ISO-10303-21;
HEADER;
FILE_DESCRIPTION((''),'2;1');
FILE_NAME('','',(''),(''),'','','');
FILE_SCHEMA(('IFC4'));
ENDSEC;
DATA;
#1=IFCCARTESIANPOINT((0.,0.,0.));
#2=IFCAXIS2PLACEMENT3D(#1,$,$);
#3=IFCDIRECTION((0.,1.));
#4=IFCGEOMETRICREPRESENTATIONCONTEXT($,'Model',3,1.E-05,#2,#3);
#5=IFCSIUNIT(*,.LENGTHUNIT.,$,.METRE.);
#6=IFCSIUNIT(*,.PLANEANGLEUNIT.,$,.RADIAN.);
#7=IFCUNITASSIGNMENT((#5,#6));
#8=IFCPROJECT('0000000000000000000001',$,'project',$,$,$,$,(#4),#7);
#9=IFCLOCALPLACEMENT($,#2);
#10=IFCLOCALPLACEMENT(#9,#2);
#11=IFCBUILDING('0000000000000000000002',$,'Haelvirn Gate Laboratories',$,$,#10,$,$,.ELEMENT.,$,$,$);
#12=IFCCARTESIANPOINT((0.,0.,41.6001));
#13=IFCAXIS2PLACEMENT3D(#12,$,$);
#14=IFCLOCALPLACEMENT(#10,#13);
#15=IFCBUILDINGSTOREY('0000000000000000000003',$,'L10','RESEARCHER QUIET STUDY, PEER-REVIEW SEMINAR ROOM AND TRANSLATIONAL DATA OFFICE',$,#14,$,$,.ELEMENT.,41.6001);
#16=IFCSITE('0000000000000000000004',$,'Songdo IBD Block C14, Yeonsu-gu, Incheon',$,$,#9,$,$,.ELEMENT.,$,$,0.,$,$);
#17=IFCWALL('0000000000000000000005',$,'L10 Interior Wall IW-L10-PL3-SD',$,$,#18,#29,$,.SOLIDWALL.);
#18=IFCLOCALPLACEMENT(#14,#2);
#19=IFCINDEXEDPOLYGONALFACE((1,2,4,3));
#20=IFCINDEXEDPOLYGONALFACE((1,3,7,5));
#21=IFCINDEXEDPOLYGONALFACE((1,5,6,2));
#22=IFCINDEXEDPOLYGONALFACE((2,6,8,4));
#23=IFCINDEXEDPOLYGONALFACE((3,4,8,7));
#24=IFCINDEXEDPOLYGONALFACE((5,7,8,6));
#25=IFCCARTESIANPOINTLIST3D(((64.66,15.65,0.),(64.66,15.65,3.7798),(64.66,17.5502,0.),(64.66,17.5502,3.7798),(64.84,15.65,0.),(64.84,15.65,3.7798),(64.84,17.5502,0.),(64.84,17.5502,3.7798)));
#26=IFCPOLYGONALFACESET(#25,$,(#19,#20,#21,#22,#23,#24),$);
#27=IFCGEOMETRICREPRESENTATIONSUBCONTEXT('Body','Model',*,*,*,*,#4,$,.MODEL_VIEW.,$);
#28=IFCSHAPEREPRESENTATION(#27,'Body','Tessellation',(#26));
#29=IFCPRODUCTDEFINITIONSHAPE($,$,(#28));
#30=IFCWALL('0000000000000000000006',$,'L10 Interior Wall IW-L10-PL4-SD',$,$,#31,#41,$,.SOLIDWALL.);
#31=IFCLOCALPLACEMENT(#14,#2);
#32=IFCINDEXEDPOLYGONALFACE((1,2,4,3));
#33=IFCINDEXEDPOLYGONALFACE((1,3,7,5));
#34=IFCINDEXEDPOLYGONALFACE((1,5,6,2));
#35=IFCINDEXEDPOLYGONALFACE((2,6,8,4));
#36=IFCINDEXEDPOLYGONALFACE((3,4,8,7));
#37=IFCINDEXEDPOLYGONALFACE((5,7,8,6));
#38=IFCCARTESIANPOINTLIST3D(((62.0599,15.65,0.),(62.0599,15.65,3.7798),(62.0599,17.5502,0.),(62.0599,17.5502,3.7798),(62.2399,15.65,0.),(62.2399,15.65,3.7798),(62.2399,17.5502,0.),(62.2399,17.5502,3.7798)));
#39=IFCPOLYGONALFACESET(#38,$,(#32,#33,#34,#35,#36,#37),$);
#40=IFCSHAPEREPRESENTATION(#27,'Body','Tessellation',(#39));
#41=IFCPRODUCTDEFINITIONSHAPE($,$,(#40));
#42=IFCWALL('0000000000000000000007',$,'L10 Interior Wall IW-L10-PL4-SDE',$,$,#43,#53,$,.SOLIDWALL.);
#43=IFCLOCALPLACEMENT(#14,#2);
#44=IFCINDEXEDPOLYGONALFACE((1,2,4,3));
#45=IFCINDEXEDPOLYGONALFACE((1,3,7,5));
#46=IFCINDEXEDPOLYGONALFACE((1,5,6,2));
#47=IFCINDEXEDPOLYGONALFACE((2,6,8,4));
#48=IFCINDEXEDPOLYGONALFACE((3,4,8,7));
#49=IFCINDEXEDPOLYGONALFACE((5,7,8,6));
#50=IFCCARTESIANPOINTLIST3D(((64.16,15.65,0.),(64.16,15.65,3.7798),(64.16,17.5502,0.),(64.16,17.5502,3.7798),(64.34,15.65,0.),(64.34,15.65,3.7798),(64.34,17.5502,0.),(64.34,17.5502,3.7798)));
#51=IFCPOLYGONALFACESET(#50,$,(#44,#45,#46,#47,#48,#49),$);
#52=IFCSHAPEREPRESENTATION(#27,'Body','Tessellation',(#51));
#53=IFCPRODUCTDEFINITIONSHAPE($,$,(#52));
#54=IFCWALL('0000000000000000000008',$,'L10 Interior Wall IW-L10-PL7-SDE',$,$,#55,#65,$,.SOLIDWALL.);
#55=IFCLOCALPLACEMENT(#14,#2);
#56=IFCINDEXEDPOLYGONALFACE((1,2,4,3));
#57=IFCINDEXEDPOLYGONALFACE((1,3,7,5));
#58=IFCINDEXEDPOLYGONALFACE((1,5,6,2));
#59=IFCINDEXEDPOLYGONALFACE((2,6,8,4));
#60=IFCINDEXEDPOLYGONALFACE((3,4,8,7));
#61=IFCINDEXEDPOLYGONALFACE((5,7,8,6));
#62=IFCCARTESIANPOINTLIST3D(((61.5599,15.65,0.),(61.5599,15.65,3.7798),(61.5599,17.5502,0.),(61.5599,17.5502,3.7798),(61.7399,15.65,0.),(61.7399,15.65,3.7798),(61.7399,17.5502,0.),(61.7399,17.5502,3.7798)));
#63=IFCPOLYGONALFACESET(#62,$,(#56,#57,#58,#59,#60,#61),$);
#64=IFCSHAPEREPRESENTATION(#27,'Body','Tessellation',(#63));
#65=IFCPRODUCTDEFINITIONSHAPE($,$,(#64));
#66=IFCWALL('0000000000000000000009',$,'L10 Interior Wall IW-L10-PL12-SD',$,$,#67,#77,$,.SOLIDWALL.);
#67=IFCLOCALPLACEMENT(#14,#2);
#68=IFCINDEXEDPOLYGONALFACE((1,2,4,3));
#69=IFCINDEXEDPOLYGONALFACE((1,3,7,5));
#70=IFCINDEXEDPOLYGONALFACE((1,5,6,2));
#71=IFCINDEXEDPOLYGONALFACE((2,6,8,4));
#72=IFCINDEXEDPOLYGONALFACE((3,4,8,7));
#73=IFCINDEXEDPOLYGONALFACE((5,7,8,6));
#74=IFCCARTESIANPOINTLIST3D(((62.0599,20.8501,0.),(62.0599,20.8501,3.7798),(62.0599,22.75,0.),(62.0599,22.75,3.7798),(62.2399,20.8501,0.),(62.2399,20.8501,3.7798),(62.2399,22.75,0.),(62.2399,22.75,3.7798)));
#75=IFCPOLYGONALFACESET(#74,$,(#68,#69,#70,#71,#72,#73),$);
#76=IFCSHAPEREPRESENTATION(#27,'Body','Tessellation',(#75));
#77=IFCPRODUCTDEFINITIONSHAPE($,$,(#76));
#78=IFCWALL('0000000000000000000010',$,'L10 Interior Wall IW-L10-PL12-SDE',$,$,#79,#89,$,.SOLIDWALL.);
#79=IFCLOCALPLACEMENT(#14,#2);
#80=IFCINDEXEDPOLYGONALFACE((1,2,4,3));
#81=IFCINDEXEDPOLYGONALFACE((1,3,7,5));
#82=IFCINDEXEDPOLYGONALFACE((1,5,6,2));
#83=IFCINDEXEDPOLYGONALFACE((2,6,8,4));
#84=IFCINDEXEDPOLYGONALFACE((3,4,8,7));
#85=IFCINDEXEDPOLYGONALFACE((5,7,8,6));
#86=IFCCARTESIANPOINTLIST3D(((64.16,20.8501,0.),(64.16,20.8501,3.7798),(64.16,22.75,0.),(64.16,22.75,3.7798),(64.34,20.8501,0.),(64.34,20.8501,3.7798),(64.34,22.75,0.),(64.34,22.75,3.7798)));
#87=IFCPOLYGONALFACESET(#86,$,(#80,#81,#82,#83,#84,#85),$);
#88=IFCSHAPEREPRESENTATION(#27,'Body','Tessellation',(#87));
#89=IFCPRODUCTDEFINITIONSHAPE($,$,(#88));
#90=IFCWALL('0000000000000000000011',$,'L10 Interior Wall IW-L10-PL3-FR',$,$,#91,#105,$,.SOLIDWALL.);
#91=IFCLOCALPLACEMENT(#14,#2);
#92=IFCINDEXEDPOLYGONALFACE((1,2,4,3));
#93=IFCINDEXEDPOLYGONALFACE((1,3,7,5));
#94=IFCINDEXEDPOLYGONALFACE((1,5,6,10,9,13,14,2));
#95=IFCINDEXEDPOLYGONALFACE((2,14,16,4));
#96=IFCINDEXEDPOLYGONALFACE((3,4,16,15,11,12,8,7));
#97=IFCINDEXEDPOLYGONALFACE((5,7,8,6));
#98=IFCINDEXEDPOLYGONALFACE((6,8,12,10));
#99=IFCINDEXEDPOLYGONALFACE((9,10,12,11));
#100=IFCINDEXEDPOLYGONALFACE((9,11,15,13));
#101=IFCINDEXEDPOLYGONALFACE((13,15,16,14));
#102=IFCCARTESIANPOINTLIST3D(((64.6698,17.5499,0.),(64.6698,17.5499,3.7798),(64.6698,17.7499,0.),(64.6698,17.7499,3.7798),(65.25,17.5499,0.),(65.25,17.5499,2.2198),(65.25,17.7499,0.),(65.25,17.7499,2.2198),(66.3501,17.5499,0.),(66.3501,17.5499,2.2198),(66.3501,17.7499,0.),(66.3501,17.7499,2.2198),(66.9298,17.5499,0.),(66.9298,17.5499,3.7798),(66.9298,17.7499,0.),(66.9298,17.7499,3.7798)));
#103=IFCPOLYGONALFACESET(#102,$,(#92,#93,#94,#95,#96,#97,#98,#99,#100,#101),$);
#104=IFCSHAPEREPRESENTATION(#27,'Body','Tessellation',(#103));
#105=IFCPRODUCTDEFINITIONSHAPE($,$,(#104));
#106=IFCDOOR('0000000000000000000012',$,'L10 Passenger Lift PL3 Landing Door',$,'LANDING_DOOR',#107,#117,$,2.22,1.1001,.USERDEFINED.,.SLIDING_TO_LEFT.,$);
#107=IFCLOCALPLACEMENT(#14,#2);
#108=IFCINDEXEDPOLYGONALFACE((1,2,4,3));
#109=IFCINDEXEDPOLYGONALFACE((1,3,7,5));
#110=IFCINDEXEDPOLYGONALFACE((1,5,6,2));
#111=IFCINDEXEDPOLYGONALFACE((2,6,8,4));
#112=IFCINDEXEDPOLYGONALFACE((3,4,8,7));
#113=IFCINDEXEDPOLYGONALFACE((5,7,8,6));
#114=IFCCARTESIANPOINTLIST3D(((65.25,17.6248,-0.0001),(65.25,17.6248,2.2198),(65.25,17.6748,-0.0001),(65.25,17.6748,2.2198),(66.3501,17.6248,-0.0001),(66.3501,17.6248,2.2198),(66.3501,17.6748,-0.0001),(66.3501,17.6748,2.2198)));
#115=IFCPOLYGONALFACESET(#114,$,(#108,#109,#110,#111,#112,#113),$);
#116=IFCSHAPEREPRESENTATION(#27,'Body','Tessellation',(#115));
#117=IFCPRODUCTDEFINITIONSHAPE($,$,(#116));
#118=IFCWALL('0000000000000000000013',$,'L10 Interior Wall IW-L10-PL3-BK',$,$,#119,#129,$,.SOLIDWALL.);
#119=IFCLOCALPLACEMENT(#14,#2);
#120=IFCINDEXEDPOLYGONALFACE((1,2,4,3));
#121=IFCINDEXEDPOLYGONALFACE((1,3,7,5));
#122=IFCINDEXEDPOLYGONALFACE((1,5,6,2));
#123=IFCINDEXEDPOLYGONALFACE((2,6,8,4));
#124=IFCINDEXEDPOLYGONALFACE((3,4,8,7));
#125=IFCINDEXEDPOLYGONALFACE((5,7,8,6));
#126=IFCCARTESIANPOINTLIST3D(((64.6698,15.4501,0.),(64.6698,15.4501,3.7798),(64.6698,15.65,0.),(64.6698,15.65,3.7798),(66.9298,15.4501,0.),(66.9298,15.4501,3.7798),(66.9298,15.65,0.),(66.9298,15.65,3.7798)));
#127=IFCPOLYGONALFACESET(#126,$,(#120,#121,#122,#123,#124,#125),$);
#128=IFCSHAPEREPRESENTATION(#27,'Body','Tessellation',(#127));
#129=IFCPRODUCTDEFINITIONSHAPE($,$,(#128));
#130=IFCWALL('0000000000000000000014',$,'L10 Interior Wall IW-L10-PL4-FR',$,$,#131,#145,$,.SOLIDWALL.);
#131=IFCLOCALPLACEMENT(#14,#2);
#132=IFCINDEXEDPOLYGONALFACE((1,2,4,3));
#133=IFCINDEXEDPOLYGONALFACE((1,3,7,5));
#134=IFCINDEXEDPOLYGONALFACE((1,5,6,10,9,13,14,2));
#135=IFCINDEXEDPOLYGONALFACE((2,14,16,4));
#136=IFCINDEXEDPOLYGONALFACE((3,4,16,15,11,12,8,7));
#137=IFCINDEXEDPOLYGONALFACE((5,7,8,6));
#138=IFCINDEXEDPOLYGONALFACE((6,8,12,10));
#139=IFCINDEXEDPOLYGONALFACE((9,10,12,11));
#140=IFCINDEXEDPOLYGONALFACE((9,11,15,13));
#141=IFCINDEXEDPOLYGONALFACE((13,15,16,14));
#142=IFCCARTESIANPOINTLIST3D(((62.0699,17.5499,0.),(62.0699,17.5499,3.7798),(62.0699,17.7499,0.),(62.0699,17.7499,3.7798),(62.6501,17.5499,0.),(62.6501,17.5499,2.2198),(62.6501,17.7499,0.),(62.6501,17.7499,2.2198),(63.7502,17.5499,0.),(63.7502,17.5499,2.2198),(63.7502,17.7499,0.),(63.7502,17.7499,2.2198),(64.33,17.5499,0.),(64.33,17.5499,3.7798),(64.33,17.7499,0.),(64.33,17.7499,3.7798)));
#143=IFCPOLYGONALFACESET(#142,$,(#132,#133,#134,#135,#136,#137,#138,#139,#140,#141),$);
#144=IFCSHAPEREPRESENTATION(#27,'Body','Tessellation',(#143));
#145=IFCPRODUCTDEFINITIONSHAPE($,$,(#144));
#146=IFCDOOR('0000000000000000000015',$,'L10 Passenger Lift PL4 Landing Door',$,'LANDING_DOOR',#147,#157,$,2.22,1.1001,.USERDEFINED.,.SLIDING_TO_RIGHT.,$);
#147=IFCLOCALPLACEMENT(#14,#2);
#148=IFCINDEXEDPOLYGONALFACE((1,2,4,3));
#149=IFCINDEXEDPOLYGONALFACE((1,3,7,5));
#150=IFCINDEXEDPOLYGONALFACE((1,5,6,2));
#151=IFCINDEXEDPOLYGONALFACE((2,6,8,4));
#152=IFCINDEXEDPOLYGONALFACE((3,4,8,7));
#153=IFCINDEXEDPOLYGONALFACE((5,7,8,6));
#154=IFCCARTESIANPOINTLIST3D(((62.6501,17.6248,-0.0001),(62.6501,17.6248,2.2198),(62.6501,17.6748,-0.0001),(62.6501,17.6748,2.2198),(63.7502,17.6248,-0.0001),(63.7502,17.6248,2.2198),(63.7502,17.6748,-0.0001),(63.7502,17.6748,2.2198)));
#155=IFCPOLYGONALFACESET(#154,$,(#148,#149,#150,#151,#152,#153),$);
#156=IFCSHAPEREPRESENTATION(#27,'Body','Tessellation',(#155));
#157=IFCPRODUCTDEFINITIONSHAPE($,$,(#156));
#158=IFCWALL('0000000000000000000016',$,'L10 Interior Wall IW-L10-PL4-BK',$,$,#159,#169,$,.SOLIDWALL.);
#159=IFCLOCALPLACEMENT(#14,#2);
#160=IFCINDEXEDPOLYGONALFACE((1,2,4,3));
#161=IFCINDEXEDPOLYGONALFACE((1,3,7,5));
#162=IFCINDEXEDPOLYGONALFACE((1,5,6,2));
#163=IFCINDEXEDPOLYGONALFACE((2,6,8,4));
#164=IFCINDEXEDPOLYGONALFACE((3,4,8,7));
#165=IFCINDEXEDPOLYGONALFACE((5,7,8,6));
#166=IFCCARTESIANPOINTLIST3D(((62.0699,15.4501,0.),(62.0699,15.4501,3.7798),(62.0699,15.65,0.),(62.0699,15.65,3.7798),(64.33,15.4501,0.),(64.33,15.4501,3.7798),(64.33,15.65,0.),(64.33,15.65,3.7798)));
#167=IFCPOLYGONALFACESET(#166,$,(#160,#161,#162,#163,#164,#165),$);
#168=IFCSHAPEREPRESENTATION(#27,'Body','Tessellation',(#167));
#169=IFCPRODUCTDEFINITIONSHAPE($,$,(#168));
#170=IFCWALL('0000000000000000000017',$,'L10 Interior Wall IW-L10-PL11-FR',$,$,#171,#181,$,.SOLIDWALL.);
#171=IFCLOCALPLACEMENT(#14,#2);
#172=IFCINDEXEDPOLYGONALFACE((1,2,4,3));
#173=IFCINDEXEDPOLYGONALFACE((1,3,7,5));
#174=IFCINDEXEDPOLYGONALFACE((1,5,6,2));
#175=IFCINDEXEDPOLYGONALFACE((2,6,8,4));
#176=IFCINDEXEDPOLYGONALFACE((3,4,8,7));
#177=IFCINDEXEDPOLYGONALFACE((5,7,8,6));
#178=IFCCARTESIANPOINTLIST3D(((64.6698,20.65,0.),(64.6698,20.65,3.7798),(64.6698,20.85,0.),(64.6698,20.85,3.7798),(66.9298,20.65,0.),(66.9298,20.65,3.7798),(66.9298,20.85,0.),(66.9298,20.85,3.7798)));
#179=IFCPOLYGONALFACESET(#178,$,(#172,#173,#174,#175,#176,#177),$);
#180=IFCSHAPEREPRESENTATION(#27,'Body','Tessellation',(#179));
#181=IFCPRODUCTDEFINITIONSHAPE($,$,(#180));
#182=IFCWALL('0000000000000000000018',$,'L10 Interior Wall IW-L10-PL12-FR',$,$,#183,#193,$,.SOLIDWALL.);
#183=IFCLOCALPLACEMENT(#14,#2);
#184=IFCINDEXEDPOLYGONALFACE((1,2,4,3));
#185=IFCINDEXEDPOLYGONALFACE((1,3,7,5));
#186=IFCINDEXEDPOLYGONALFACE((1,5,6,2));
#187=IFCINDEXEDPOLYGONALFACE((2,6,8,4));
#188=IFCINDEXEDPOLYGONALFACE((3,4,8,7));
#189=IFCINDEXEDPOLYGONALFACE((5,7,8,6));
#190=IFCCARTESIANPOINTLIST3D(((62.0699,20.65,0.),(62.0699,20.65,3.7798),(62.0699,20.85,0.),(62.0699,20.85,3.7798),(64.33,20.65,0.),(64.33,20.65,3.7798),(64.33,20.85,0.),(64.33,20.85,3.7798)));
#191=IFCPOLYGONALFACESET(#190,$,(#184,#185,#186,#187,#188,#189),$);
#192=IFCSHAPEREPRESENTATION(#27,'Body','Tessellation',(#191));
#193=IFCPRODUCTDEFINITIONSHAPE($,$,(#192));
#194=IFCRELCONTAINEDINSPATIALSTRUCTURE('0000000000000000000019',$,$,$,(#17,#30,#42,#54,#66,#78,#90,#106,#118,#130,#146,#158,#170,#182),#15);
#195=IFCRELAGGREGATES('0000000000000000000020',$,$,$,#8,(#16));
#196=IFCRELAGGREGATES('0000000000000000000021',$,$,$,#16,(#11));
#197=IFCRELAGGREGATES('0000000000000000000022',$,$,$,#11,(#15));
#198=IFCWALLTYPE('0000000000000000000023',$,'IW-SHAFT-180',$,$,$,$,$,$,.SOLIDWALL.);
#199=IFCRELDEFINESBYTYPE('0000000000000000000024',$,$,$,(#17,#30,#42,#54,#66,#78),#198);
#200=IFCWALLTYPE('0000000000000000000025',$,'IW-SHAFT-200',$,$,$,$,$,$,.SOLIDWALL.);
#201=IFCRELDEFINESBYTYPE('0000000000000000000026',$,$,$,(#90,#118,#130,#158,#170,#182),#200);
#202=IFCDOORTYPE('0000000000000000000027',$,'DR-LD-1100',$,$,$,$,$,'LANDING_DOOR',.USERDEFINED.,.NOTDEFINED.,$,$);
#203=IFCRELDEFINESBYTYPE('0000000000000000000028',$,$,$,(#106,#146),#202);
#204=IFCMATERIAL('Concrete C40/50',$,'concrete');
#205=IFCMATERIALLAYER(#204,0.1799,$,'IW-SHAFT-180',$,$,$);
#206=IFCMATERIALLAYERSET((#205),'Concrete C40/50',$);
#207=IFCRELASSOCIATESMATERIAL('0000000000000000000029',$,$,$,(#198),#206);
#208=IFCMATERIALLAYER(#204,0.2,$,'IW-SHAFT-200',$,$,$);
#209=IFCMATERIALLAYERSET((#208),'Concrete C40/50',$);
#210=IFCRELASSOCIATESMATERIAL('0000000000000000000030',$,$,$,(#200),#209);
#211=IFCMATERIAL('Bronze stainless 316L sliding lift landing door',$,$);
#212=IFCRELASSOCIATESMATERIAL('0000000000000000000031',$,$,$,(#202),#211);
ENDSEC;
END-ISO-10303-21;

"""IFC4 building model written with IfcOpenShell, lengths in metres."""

from ifc_helpers import new_model, si_unit, direction, frame, frame_2d, origin, place, context, subcontext, project, spatial, rectangle, extrude, source, transform, mapped, material, layer, layer_set, type_object, type_shapes, element, fill, save


model = new_model("IFC4")

# Units and contexts
model_context = context("Model", 3, precision=1e-05, world=origin(), true_north=direction((0.0, 1.0)))
body_context = subcontext(model_context, "Body", "Model", "MODEL_VIEW")
ifc_project = project(units=[si_unit("LENGTHUNIT", "METRE"), si_unit("PLANEANGLEUNIT", "RADIAN")], contexts=[model_context])

# Site, building, storey
site_placement = place(None, origin())
site = spatial("IfcSite", under=ifc_project, at=site_placement, Name="Songdo IBD Block C14, Yeonsu-gu, Incheon", CompositionType="ELEMENT", RefElevation=0.0)
building_placement = place(site_placement, origin())
building = spatial("IfcBuilding", under=site, at=building_placement, Name="Haelvirn Gate Laboratories", CompositionType="ELEMENT")
storey_placement = place(building_placement, frame((0.0, 0.0, 41.6001)))
storey = spatial("IfcBuildingStorey", under=building, at=storey_placement, Name="L10", Description="RESEARCHER QUIET STUDY, PEER-REVIEW SEMINAR ROOM AND TRANSLATIONAL DATA OFFICE", CompositionType="ELEMENT", Elevation=41.6001)

# Walls
ifc_material_1 = material(Name="Concrete C40/50", Category="concrete")
ifc_layer_1 = layer(ifc_material_1, 0.1799, Name="IW-SHAFT-180")
ifc_layer_set_1 = layer_set([ifc_layer_1], Name="Concrete C40/50")
wall_type_1 = type_object("IfcWallType", Name="IW-SHAFT-180", PredefinedType="SOLIDWALL", material=ifc_layer_set_1)
for number, where, z_axis, x_axis, name in (
    (1, (64.75, 15.6499, 0.0), (0.0, 0.0, 1.0), (0.0, 1.0, 0.0), "L10 Interior Wall IW-L10-PL3-SD"),
    (2, (62.1499, 15.6499, 0.0), (0.0, 0.0, 1.0), (0.0, 1.0, 0.0), "L10 Interior Wall IW-L10-PL4-SD"),
    (3, (64.25, 15.6499, 0.0), (0.0, 0.0, 1.0), (0.0, 1.0, 0.0), "L10 Interior Wall IW-L10-PL4-SDE"),
    (4, (61.6499, 15.6499, 0.0), (0.0, 0.0, 1.0), (0.0, 1.0, 0.0), "L10 Interior Wall IW-L10-PL7-SDE"),
):
    element("IfcWall", number, at=place(storey_placement, frame(where, z_axis=z_axis, x_axis=x_axis)), inside=storey, type_object=wall_type_1, Name=name, PredefinedType="SOLIDWALL", context=body_context, shape_type="SweptSolid", body=[
        extrude(rectangle(XDim=1.9001, YDim=0.1799, at=frame_2d((0.9502, 0.0))), origin(), (0.0, 0.0, 1.0), 3.7798),
    ])
for number, where, z_axis, x_axis, name in (
    (5, (62.1499, 20.8501, 0.0), (0.0, 0.0, 1.0), (0.0, 1.0, 0.0), "L10 Interior Wall IW-L10-PL12-SD"),
    (6, (64.25, 20.8501, 0.0), (0.0, 0.0, 1.0), (0.0, 1.0, 0.0), "L10 Interior Wall IW-L10-PL12-SDE"),
):
    element("IfcWall", number, at=place(storey_placement, frame(where, z_axis=z_axis, x_axis=x_axis)), inside=storey, type_object=wall_type_1, Name=name, PredefinedType="SOLIDWALL", context=body_context, shape_type="SweptSolid", body=[
        extrude(rectangle(XDim=1.8999, YDim=0.1799, at=frame_2d((0.95, 0.0))), origin(), (0.0, 0.0, 1.0), 3.7798),
    ])

# Wall, opening, door
ifc_layer_2 = layer(ifc_material_1, 0.2, Name="IW-SHAFT-200")
ifc_layer_set_2 = layer_set([ifc_layer_2], Name="Concrete C40/50")
wall_type_2 = type_object("IfcWallType", Name="IW-SHAFT-200", PredefinedType="SOLIDWALL", material=ifc_layer_set_2)
wall_1_placement = place(storey_placement, frame((64.6699, 17.6499, 0.0), z_axis=(0.0, 0.0, 1.0), x_axis=(1.0, 0.0, 0.0)))
wall_1 = element("IfcWall", 7, at=wall_1_placement, inside=storey, type_object=wall_type_2, Name="L10 Interior Wall IW-L10-PL3-FR", PredefinedType="SOLIDWALL", context=body_context, shape_type="SweptSolid", body=[
    extrude(rectangle(XDim=2.26, YDim=0.2, at=frame_2d((1.1299, 0.0))), origin(), (0.0, 0.0, 1.0), 3.7798),
])
opening_1_placement = place(wall_1_placement, frame((0.5801, 0.0, 0.0)))
opening_1 = element("IfcOpeningElement", 8, at=opening_1_placement, cuts=wall_1, PredefinedType="OPENING", context=body_context, shape_type="SweptSolid", body=[
    extrude(rectangle(XDim=1.1001, YDim=2.22, at=frame_2d((0.55, 1.1099))), frame((0.0, 0.1099, 0.0), z_axis=(0.0, -1.0, 0.0), x_axis=(1.0, 0.0, 0.0)), (0.0, 0.0, 1.0), 0.22),
])
ifc_material_2 = material(Name="Bronze stainless 316L sliding lift landing door")
door_type_1 = type_object("IfcDoorType", Name="DR-LD-1100", ElementType="LANDING_DOOR", OperationType="NOTDEFINED", PredefinedType="USERDEFINED", material=ifc_material_2)
shared_shape_1 = source(origin(), body_context, "Body", "SweptSolid", [
    extrude(rectangle(XDim=1.1001, YDim=2.22, at=frame_2d((0.55, 1.1099))), frame((0.0, 0.0249, 0.0), z_axis=(0.0, -1.0, 0.0), x_axis=(1.0, 0.0, 0.0)), (0.0, 0.0, 1.0), 0.05),
])
type_shapes(door_type_1, [shared_shape_1])
door_1_placement = place(opening_1_placement, origin())
door_1 = element("IfcDoor", 9, at=door_1_placement, inside=storey, type_object=door_type_1, Name="L10 Passenger Lift PL3 Landing Door", ObjectType="LANDING_DOOR", OperationType="SLIDING_TO_LEFT", OverallHeight=2.22, OverallWidth=1.1001, PredefinedType="USERDEFINED", context=body_context, shape_type="MappedRepresentation", body=[
    mapped(shared_shape_1, transform((0.0, 0.0, 0.0), scale=1.0)),
])
fill(opening_1, door_1)

# Wall
wall_2_placement = place(storey_placement, frame((64.6699, 15.55, 0.0), z_axis=(0.0, 0.0, 1.0), x_axis=(1.0, 0.0, 0.0)))
element("IfcWall", 10, at=wall_2_placement, inside=storey, type_object=wall_type_2, Name="L10 Interior Wall IW-L10-PL3-BK", PredefinedType="SOLIDWALL", context=body_context, shape_type="SweptSolid", body=[
    extrude(rectangle(XDim=2.26, YDim=0.2, at=frame_2d((1.1299, 0.0))), origin(), (0.0, 0.0, 1.0), 3.7798),
])

# Wall, opening, door
wall_3_placement = place(storey_placement, frame((62.0701, 17.6499, 0.0), z_axis=(0.0, 0.0, 1.0), x_axis=(1.0, 0.0, 0.0)))
wall_3 = element("IfcWall", 11, at=wall_3_placement, inside=storey, type_object=wall_type_2, Name="L10 Interior Wall IW-L10-PL4-FR", PredefinedType="SOLIDWALL", context=body_context, shape_type="SweptSolid", body=[
    extrude(rectangle(XDim=2.26, YDim=0.2, at=frame_2d((1.1299, 0.0))), origin(), (0.0, 0.0, 1.0), 3.7798),
])
opening_2_placement = place(wall_3_placement, frame((0.5801, 0.0, 0.0)))
opening_2 = element("IfcOpeningElement", 12, at=opening_2_placement, cuts=wall_3, PredefinedType="OPENING", context=body_context, shape_type="SweptSolid", body=[
    extrude(rectangle(XDim=1.1001, YDim=2.22, at=frame_2d((0.55, 1.1099))), frame((0.0, 0.1099, 0.0), z_axis=(0.0, -1.0, 0.0), x_axis=(1.0, 0.0, 0.0)), (0.0, 0.0, 1.0), 0.22),
])
door_2_placement = place(opening_2_placement, origin())
door_2 = element("IfcDoor", 13, at=door_2_placement, inside=storey, type_object=door_type_1, Name="L10 Passenger Lift PL4 Landing Door", ObjectType="LANDING_DOOR", OperationType="SLIDING_TO_RIGHT", OverallHeight=2.22, OverallWidth=1.1001, PredefinedType="USERDEFINED", context=body_context, shape_type="MappedRepresentation", body=[
    mapped(shared_shape_1, transform((0.0, 0.0, 0.0), scale=1.0)),
])
fill(opening_2, door_2)

# Walls
for number, where, z_axis, x_axis, name in (
    (14, (62.0701, 15.55, 0.0), (0.0, 0.0, 1.0), (1.0, 0.0, 0.0), "L10 Interior Wall IW-L10-PL4-BK"),
    (15, (64.6699, 20.75, 0.0), (0.0, 0.0, 1.0), (1.0, 0.0, 0.0), "L10 Interior Wall IW-L10-PL11-FR"),
    (16, (62.0701, 20.75, 0.0), (0.0, 0.0, 1.0), (1.0, 0.0, 0.0), "L10 Interior Wall IW-L10-PL12-FR"),
):
    element("IfcWall", number, at=place(storey_placement, frame(where, z_axis=z_axis, x_axis=x_axis)), inside=storey, type_object=wall_type_2, Name=name, PredefinedType="SOLIDWALL", context=body_context, shape_type="SweptSolid", body=[
        extrude(rectangle(XDim=2.26, YDim=0.2, at=frame_2d((1.1299, 0.0))), origin(), (0.0, 0.0, 1.0), 3.7798),
    ])

save(model, "model.ifc")
